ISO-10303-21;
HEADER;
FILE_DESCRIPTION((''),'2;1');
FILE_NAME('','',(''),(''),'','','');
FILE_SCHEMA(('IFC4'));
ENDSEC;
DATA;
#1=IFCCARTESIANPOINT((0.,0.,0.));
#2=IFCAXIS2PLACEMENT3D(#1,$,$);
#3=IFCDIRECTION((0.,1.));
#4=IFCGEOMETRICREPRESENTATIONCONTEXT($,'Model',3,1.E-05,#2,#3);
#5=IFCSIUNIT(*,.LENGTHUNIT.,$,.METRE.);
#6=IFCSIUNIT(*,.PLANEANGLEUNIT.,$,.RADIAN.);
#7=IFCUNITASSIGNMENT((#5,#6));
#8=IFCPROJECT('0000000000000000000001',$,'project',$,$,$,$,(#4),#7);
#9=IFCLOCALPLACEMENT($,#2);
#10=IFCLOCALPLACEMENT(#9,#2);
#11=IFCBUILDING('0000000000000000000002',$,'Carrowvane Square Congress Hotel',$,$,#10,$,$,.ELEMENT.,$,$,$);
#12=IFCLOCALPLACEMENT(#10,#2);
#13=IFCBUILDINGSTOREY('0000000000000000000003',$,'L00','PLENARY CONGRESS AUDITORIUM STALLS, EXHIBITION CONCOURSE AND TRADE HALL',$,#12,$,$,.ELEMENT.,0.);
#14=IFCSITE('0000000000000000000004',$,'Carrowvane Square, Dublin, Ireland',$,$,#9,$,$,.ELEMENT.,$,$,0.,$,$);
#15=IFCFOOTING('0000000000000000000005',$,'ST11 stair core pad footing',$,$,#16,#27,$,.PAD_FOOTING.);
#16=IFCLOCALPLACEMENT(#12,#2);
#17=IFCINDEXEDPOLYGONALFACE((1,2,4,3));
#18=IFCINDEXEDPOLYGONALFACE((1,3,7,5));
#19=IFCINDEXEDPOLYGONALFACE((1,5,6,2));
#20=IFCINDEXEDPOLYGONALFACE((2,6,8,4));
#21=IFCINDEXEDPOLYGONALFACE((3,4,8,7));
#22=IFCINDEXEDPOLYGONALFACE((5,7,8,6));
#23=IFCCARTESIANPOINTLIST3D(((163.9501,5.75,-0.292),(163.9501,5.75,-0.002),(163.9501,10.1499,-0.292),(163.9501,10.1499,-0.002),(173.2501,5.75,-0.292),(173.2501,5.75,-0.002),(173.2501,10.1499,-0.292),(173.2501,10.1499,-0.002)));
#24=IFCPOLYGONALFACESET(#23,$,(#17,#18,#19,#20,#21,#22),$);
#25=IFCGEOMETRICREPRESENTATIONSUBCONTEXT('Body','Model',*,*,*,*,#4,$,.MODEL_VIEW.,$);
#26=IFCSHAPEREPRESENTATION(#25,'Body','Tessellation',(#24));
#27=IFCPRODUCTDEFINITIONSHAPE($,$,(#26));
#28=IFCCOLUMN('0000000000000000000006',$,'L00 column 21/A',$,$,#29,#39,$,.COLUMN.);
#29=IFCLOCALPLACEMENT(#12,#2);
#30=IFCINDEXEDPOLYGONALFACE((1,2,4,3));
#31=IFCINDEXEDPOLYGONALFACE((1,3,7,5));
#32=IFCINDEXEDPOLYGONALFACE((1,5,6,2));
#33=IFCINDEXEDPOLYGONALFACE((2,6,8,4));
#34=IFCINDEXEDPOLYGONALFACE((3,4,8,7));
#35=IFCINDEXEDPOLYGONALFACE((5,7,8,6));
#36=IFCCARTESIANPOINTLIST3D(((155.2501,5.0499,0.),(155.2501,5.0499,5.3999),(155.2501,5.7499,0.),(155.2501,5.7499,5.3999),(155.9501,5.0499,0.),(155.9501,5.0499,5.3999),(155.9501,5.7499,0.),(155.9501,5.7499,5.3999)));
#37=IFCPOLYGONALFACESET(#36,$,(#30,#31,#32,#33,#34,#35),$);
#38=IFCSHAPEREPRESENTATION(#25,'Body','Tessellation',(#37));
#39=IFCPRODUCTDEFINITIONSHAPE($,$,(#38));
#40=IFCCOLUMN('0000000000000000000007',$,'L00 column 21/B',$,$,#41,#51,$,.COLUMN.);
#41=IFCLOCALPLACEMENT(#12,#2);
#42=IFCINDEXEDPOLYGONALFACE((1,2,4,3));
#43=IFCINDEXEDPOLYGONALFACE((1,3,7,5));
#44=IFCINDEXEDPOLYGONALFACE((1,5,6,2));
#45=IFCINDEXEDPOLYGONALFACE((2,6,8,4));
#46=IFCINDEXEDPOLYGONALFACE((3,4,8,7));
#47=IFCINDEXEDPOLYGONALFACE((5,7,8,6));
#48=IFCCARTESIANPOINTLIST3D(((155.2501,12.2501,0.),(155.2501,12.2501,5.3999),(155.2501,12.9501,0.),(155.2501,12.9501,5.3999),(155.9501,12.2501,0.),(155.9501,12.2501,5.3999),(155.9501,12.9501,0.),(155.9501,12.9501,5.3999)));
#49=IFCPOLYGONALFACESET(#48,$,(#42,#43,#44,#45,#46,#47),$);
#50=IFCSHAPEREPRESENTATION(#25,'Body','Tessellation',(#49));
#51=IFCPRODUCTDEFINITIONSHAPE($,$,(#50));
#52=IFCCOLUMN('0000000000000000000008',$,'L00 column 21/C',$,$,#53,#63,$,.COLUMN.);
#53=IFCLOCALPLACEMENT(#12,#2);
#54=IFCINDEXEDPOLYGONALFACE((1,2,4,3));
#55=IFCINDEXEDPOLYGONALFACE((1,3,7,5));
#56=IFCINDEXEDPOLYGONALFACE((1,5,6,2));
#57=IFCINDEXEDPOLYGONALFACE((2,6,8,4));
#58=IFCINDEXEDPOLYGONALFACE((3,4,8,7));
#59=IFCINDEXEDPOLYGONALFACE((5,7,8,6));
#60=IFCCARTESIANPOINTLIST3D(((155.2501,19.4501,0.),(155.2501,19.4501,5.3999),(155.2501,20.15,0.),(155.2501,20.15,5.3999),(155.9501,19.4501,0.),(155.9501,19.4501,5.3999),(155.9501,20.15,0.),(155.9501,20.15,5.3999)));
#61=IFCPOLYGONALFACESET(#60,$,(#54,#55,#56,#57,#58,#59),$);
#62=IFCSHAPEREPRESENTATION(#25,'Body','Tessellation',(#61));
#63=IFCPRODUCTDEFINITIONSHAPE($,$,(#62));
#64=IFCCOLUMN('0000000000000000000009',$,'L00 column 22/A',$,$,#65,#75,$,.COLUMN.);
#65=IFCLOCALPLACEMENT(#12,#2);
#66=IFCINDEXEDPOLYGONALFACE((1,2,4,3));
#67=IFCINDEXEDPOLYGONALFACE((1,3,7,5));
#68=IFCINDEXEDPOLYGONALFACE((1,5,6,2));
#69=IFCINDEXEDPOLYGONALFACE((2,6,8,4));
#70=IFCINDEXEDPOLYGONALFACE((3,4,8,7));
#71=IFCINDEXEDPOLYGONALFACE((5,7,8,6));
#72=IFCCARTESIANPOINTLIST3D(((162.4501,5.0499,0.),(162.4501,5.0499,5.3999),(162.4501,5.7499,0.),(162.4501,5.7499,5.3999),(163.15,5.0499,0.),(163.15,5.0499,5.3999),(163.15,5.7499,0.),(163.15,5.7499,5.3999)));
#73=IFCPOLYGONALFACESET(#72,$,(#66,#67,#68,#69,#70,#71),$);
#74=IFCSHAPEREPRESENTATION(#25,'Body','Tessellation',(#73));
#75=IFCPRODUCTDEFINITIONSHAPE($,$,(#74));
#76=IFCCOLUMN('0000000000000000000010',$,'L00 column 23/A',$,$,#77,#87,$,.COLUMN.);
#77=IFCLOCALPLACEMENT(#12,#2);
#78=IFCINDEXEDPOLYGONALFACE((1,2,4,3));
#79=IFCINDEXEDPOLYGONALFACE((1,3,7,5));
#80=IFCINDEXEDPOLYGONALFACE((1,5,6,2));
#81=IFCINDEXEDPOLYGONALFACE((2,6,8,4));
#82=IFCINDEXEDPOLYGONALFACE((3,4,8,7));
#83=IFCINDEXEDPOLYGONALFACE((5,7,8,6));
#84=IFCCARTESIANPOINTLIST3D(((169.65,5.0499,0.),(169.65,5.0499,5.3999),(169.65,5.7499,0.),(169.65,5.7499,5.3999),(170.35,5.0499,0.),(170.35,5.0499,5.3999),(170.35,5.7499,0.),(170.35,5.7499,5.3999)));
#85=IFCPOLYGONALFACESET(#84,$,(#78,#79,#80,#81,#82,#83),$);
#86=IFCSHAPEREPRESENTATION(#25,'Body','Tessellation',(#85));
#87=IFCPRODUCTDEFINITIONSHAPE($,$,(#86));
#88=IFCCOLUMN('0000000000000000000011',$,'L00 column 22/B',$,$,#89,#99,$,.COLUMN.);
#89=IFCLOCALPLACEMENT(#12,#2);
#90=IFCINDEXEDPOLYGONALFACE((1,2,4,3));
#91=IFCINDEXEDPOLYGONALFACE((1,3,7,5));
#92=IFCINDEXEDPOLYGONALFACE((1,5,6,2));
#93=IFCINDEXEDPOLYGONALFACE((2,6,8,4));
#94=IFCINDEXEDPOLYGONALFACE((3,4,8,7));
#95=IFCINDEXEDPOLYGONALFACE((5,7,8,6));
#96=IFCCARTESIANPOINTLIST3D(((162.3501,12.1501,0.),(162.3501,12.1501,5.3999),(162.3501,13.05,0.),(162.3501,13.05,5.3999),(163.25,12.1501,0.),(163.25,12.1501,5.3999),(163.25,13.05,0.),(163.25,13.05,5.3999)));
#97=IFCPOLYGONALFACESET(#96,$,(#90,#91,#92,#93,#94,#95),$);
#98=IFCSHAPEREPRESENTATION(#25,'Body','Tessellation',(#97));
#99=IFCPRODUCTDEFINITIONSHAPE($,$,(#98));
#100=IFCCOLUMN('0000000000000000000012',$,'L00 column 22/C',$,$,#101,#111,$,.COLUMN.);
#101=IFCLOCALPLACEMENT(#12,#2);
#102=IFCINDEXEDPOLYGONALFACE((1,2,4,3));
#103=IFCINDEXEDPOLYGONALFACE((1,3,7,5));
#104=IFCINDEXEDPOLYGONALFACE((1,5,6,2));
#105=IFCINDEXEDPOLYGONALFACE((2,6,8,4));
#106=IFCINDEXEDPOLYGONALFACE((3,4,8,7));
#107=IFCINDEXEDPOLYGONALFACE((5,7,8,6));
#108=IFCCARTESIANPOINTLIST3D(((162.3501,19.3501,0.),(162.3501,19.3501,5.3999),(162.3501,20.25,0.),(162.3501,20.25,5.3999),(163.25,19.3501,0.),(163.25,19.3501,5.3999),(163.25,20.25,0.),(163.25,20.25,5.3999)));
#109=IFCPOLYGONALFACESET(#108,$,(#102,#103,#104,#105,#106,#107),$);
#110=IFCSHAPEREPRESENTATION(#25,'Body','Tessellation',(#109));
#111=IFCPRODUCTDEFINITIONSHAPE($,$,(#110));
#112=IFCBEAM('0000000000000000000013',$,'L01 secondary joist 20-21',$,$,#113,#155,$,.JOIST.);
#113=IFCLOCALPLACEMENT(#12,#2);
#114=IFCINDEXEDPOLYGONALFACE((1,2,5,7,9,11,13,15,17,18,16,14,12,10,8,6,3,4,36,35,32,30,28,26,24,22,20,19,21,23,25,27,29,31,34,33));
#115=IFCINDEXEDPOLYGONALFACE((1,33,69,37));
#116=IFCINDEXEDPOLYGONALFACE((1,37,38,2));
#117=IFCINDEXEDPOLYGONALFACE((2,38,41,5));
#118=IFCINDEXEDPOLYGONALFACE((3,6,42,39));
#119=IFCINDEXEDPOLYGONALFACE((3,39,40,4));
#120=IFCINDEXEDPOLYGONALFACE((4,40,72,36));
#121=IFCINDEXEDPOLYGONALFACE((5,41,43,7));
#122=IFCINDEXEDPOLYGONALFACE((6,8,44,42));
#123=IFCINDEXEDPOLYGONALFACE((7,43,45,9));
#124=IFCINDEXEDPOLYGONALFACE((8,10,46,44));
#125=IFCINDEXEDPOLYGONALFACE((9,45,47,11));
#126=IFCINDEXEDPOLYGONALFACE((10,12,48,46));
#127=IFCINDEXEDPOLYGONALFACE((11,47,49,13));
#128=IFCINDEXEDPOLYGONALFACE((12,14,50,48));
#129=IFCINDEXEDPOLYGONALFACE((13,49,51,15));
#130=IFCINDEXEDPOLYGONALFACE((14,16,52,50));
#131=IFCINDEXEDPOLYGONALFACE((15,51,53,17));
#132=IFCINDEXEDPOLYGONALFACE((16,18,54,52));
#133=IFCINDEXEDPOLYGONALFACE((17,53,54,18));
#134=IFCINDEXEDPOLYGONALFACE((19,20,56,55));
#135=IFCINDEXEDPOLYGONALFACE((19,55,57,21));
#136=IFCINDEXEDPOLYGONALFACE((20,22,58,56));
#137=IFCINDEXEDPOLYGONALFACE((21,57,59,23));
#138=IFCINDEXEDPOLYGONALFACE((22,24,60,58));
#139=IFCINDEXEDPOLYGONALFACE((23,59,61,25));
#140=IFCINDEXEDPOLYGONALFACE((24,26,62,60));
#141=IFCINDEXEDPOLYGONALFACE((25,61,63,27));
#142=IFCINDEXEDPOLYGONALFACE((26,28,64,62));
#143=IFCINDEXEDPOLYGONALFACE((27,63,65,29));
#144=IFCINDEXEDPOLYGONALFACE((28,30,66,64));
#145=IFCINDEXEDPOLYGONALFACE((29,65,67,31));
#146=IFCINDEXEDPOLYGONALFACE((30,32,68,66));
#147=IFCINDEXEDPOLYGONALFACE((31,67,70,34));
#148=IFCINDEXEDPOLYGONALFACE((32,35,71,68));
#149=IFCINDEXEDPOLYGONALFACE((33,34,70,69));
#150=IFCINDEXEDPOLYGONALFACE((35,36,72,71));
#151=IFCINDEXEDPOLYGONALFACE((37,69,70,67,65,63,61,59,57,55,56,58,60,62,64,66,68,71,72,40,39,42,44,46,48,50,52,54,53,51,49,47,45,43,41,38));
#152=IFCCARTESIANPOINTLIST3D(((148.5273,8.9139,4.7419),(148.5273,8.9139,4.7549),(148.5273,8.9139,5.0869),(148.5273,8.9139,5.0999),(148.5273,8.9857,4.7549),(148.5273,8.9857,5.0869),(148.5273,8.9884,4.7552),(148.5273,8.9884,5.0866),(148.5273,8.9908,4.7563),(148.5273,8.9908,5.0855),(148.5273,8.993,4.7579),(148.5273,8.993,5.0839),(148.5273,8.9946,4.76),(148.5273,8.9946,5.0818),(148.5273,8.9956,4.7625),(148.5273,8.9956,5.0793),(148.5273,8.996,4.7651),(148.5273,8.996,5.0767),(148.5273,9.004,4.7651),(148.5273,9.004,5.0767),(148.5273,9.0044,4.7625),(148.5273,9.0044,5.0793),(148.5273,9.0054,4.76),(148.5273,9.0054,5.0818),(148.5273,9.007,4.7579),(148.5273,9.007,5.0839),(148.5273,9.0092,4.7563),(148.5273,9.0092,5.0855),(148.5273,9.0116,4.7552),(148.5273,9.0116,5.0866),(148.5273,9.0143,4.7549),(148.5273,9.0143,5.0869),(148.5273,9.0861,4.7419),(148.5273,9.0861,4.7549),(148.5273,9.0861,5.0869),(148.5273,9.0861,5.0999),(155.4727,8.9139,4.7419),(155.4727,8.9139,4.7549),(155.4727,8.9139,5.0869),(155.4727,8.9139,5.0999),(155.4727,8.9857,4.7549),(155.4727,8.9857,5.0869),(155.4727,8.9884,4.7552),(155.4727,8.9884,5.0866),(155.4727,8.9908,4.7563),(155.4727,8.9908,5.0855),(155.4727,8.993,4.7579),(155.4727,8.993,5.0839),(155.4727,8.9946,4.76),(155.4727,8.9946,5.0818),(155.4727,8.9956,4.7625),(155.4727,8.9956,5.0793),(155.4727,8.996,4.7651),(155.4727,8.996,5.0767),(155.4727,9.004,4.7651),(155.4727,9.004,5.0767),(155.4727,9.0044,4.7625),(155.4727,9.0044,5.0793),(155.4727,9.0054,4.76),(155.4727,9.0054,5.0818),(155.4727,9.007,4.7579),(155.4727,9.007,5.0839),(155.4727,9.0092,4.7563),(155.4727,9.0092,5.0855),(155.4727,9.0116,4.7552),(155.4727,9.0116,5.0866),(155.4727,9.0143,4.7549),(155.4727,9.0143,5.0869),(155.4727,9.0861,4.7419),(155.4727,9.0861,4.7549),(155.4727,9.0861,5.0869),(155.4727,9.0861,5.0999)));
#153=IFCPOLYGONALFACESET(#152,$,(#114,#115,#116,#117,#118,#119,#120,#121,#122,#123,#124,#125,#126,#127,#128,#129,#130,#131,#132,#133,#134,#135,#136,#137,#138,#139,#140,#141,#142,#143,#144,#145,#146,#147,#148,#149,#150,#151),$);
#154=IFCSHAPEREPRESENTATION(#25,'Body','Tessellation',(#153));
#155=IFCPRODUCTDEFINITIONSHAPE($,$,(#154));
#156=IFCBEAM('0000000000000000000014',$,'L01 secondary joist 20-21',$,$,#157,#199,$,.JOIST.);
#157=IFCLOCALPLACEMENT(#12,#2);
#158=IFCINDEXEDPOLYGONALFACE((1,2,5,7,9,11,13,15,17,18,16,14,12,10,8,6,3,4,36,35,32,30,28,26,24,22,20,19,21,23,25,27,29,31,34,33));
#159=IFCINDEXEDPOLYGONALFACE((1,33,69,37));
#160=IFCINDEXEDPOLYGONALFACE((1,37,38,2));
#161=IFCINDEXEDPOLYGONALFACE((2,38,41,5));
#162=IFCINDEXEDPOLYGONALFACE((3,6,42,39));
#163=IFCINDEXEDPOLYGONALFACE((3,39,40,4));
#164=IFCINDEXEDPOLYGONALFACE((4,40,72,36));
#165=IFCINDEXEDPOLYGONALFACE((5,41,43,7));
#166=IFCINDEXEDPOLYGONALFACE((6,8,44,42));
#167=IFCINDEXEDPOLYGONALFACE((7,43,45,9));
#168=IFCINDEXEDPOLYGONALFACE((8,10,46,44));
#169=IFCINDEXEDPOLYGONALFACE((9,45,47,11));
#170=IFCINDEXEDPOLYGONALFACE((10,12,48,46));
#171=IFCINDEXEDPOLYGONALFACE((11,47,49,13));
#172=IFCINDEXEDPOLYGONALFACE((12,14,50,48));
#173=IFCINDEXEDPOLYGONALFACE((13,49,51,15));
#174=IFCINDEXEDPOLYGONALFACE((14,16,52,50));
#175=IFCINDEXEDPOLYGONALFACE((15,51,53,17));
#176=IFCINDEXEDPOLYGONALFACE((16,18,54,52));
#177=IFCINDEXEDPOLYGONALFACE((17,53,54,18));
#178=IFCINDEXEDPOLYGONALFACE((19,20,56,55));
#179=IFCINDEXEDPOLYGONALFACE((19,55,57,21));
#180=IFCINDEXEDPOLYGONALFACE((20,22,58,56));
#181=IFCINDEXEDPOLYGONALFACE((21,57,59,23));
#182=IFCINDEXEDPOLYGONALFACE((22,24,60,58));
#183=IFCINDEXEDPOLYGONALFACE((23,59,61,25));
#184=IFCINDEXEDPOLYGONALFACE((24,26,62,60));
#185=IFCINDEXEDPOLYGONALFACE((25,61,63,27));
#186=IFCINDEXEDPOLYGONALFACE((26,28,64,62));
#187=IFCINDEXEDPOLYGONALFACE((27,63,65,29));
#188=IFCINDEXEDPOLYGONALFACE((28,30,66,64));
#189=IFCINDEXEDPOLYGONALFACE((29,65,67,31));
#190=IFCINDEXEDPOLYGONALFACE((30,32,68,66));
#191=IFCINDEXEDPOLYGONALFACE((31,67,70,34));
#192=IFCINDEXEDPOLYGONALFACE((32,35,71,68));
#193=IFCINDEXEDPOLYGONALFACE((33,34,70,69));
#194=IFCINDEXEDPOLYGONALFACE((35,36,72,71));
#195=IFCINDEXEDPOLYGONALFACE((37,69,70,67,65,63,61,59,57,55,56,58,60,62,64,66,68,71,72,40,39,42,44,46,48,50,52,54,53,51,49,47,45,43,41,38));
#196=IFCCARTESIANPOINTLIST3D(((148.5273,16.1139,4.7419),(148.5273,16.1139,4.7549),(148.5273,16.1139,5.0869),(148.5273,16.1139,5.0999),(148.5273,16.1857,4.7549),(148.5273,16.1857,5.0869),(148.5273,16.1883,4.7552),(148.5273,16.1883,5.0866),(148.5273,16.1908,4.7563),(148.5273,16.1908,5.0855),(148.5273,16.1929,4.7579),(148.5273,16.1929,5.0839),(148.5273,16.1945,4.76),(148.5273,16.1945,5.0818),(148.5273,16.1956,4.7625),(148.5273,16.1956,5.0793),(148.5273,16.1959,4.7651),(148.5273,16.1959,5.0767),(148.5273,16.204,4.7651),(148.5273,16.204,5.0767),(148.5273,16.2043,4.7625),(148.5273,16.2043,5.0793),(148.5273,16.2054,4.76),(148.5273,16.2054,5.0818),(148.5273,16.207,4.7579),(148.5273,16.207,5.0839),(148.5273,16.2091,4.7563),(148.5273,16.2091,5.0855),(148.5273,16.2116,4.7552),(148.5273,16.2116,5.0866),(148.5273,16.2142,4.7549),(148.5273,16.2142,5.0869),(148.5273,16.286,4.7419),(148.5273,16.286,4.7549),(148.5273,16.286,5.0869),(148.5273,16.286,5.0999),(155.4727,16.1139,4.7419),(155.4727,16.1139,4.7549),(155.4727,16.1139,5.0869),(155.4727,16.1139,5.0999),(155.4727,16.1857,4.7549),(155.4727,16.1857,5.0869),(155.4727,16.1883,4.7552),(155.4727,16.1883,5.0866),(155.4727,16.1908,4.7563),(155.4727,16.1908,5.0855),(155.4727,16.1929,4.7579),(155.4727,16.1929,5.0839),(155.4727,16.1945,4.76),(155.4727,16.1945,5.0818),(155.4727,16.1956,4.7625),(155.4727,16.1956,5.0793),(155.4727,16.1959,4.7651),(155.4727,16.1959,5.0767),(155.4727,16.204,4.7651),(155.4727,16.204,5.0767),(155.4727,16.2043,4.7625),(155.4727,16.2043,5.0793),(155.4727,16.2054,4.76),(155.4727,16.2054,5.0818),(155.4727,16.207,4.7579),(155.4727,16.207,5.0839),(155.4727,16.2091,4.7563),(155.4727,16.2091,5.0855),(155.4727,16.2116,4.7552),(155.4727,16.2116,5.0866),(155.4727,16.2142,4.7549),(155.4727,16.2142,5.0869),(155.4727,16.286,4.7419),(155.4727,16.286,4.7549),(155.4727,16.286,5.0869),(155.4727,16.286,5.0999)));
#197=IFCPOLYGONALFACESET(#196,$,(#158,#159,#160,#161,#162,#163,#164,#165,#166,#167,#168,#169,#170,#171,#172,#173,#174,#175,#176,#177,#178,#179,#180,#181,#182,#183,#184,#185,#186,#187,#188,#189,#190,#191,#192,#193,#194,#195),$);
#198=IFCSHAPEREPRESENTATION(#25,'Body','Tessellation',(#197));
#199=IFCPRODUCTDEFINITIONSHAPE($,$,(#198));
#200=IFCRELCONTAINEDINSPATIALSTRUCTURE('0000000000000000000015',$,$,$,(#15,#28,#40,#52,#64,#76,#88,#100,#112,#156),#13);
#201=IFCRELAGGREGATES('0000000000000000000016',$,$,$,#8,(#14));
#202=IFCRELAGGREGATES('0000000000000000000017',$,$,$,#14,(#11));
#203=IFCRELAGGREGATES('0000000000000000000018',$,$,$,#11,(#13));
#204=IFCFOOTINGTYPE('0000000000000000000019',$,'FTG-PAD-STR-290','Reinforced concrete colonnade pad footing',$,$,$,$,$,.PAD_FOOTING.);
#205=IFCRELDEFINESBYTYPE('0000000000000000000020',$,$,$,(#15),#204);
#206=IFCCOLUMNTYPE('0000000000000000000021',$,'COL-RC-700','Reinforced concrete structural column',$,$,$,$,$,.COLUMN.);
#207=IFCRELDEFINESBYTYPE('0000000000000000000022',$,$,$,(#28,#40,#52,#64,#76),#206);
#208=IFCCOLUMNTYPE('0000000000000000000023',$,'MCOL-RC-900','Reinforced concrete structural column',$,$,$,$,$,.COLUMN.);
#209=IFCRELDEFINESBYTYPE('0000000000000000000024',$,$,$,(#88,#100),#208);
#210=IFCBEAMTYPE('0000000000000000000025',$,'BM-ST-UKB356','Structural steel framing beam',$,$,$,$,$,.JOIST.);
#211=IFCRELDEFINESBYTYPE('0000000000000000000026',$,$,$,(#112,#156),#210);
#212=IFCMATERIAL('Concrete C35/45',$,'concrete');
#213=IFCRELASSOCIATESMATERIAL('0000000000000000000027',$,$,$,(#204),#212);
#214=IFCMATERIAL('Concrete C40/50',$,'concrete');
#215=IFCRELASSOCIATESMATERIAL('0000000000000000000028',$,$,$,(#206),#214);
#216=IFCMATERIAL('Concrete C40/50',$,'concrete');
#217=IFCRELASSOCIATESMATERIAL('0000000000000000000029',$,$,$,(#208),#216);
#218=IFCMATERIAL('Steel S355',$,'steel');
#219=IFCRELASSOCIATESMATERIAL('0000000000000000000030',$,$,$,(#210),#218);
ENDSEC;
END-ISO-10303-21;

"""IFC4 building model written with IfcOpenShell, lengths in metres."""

from ifc_helpers import new_model, si_unit, direction, frame, origin, origin_2d, place, context, subcontext, project, spatial, rectangle, i_section, extrude, material, material_profile, profile_set, type_object, element, save


model = new_model("IFC4")

# Units and contexts
model_context = context("Model", 3, precision=1e-05, world=origin(), true_north=direction((0.0, 1.0)))
body_context = subcontext(model_context, "Body", "Model", "MODEL_VIEW")
ifc_project = project(units=[si_unit("LENGTHUNIT", "METRE"), si_unit("PLANEANGLEUNIT", "RADIAN")], contexts=[model_context])

# Site, building, storey
site_placement = place(None, origin())
site = spatial("IfcSite", under=ifc_project, at=site_placement, Name="Carrowvane Square, Dublin, Ireland", CompositionType="ELEMENT", RefElevation=0.0)
building_placement = place(site_placement, origin())
building = spatial("IfcBuilding", under=site, at=building_placement, Name="Carrowvane Square Congress Hotel", CompositionType="ELEMENT")
storey_placement = place(building_placement, origin())
storey = spatial("IfcBuildingStorey", under=building, at=storey_placement, Name="L00", Description="PLENARY CONGRESS AUDITORIUM STALLS, EXHIBITION CONCOURSE AND TRADE HALL", CompositionType="ELEMENT", Elevation=0.0)

# Footing
ifc_material_1 = material(Name="Concrete C35/45", Category="concrete")
footing_type = type_object("IfcFootingType", Name="FTG-PAD-STR-290", Description="Reinforced concrete colonnade pad footing", PredefinedType="PAD_FOOTING", material=ifc_material_1)
footing_placement = place(storey_placement, frame((168.6001, 7.95, -0.292), z_axis=(0.0, 0.0, 1.0), x_axis=(1.0, 0.0, 0.0)))
element("IfcFooting", 1, at=footing_placement, inside=storey, type_object=footing_type, Name="ST11 stair core pad footing", PredefinedType="PAD_FOOTING", context=body_context, shape_type="SweptSolid", body=[
    extrude(rectangle(XDim=9.3, YDim=4.3999, at=origin_2d()), origin(), (0.0, 0.0, 1.0), 0.29),
])

# Columns
ifc_material_2 = material(Name="Concrete C40/50", Category="concrete")
ifc_material_profile_1 = material_profile(ifc_material_2, rectangle(XDim=0.7, YDim=0.7, at=origin_2d()), Name="RC 700x700")
ifc_profile_set_1 = profile_set([ifc_material_profile_1], Name="Concrete C40/50")
column_type_1 = type_object("IfcColumnType", Name="COL-RC-700", Description="Reinforced concrete structural column", PredefinedType="COLUMN", material=ifc_profile_set_1)
for number, where, z_axis, x_axis, name in (
    (2, (155.6001, 5.3999, 0.0), (0.0, 0.0, 1.0), (1.0, 0.0, 0.0), "L00 column 21/A"),
    (3, (155.6001, 12.6001, 0.0), (0.0, 0.0, 1.0), (1.0, 0.0, 0.0), "L00 column 21/B"),
    (4, (155.6001, 19.8, 0.0), (0.0, 0.0, 1.0), (1.0, 0.0, 0.0), "L00 column 21/C"),
    (5, (162.8, 5.3999, 0.0), (0.0, 0.0, 1.0), (1.0, 0.0, 0.0), "L00 column 22/A"),
    (6, (170.0, 5.3999, 0.0), (0.0, 0.0, 1.0), (1.0, 0.0, 0.0), "L00 column 23/A"),
):
    element("IfcColumn", number, at=place(storey_placement, frame(where, z_axis=z_axis, x_axis=x_axis)), inside=storey, type_object=column_type_1, Name=name, PredefinedType="COLUMN", context=body_context, shape_type="SweptSolid", body=[
        extrude(rectangle(XDim=0.7, YDim=0.7, at=origin_2d()), origin(), (0.0, 0.0, 1.0), 5.3999),
    ])
ifc_material_3 = material(Name="Concrete C40/50", Category="concrete")
ifc_material_profile_2 = material_profile(ifc_material_3, rectangle(XDim=0.8999, YDim=0.8999, at=origin_2d()), Name="RC 900x900")
ifc_profile_set_2 = profile_set([ifc_material_profile_2], Name="Concrete C40/50")
column_type_2 = type_object("IfcColumnType", Name="MCOL-RC-900", Description="Reinforced concrete structural column", PredefinedType="COLUMN", material=ifc_profile_set_2)
for number, where, z_axis, x_axis, name in (
    (7, (162.8, 12.6001, 0.0), (0.0, 0.0, 1.0), (1.0, 0.0, 0.0), "L00 column 22/B"),
    (8, (162.8, 19.8, 0.0), (0.0, 0.0, 1.0), (1.0, 0.0, 0.0), "L00 column 22/C"),
):
    element("IfcColumn", number, at=place(storey_placement, frame(where, z_axis=z_axis, x_axis=x_axis)), inside=storey, type_object=column_type_2, Name=name, PredefinedType="COLUMN", context=body_context, shape_type="SweptSolid", body=[
        extrude(rectangle(XDim=0.8999, YDim=0.8999, at=origin_2d()), origin(), (0.0, 0.0, 1.0), 5.3999),
    ])

# Beams
ifc_material_4 = material(Name="Steel S355", Category="steel")
ifc_material_profile_3 = material_profile(ifc_material_4, i_section(OverallWidth=0.1721, OverallDepth=0.3579, WebThickness=0.0081, FlangeThickness=0.0129, FilletRadius=0.0103, at=origin_2d()), Name="UKB 356x171x57")
ifc_profile_set_3 = profile_set([ifc_material_profile_3], Name="Steel S355")
beam_type_1 = type_object("IfcBeamType", Name="BM-ST-UKB356", Description="Structural steel framing beam", PredefinedType="JOIST", material=ifc_profile_set_3)
for number, where, z_axis, x_axis, name in (
    (9, (148.5273, 9.0, 4.9209), (1.0, 0.0, 0.0), (0.0, 1.0, 0.0), "L01 secondary joist 20-21"),
    (10, (148.5273, 16.2, 4.9209), (1.0, 0.0, 0.0), (0.0, 1.0, 0.0), "L01 secondary joist 20-21"),
):
    element("IfcBeam", number, at=place(storey_placement, frame(where, z_axis=z_axis, x_axis=x_axis)), inside=storey, type_object=beam_type_1, Name=name, PredefinedType="JOIST", context=body_context, shape_type="SweptSolid", body=[
        extrude(i_section(OverallWidth=0.1721, OverallDepth=0.3579, WebThickness=0.0081, FlangeThickness=0.0129, FilletRadius=0.0103, at=origin_2d()), origin(), (0.0, 0.0, 1.0), 6.9453),
    ])

save(model, "model.ifc")
